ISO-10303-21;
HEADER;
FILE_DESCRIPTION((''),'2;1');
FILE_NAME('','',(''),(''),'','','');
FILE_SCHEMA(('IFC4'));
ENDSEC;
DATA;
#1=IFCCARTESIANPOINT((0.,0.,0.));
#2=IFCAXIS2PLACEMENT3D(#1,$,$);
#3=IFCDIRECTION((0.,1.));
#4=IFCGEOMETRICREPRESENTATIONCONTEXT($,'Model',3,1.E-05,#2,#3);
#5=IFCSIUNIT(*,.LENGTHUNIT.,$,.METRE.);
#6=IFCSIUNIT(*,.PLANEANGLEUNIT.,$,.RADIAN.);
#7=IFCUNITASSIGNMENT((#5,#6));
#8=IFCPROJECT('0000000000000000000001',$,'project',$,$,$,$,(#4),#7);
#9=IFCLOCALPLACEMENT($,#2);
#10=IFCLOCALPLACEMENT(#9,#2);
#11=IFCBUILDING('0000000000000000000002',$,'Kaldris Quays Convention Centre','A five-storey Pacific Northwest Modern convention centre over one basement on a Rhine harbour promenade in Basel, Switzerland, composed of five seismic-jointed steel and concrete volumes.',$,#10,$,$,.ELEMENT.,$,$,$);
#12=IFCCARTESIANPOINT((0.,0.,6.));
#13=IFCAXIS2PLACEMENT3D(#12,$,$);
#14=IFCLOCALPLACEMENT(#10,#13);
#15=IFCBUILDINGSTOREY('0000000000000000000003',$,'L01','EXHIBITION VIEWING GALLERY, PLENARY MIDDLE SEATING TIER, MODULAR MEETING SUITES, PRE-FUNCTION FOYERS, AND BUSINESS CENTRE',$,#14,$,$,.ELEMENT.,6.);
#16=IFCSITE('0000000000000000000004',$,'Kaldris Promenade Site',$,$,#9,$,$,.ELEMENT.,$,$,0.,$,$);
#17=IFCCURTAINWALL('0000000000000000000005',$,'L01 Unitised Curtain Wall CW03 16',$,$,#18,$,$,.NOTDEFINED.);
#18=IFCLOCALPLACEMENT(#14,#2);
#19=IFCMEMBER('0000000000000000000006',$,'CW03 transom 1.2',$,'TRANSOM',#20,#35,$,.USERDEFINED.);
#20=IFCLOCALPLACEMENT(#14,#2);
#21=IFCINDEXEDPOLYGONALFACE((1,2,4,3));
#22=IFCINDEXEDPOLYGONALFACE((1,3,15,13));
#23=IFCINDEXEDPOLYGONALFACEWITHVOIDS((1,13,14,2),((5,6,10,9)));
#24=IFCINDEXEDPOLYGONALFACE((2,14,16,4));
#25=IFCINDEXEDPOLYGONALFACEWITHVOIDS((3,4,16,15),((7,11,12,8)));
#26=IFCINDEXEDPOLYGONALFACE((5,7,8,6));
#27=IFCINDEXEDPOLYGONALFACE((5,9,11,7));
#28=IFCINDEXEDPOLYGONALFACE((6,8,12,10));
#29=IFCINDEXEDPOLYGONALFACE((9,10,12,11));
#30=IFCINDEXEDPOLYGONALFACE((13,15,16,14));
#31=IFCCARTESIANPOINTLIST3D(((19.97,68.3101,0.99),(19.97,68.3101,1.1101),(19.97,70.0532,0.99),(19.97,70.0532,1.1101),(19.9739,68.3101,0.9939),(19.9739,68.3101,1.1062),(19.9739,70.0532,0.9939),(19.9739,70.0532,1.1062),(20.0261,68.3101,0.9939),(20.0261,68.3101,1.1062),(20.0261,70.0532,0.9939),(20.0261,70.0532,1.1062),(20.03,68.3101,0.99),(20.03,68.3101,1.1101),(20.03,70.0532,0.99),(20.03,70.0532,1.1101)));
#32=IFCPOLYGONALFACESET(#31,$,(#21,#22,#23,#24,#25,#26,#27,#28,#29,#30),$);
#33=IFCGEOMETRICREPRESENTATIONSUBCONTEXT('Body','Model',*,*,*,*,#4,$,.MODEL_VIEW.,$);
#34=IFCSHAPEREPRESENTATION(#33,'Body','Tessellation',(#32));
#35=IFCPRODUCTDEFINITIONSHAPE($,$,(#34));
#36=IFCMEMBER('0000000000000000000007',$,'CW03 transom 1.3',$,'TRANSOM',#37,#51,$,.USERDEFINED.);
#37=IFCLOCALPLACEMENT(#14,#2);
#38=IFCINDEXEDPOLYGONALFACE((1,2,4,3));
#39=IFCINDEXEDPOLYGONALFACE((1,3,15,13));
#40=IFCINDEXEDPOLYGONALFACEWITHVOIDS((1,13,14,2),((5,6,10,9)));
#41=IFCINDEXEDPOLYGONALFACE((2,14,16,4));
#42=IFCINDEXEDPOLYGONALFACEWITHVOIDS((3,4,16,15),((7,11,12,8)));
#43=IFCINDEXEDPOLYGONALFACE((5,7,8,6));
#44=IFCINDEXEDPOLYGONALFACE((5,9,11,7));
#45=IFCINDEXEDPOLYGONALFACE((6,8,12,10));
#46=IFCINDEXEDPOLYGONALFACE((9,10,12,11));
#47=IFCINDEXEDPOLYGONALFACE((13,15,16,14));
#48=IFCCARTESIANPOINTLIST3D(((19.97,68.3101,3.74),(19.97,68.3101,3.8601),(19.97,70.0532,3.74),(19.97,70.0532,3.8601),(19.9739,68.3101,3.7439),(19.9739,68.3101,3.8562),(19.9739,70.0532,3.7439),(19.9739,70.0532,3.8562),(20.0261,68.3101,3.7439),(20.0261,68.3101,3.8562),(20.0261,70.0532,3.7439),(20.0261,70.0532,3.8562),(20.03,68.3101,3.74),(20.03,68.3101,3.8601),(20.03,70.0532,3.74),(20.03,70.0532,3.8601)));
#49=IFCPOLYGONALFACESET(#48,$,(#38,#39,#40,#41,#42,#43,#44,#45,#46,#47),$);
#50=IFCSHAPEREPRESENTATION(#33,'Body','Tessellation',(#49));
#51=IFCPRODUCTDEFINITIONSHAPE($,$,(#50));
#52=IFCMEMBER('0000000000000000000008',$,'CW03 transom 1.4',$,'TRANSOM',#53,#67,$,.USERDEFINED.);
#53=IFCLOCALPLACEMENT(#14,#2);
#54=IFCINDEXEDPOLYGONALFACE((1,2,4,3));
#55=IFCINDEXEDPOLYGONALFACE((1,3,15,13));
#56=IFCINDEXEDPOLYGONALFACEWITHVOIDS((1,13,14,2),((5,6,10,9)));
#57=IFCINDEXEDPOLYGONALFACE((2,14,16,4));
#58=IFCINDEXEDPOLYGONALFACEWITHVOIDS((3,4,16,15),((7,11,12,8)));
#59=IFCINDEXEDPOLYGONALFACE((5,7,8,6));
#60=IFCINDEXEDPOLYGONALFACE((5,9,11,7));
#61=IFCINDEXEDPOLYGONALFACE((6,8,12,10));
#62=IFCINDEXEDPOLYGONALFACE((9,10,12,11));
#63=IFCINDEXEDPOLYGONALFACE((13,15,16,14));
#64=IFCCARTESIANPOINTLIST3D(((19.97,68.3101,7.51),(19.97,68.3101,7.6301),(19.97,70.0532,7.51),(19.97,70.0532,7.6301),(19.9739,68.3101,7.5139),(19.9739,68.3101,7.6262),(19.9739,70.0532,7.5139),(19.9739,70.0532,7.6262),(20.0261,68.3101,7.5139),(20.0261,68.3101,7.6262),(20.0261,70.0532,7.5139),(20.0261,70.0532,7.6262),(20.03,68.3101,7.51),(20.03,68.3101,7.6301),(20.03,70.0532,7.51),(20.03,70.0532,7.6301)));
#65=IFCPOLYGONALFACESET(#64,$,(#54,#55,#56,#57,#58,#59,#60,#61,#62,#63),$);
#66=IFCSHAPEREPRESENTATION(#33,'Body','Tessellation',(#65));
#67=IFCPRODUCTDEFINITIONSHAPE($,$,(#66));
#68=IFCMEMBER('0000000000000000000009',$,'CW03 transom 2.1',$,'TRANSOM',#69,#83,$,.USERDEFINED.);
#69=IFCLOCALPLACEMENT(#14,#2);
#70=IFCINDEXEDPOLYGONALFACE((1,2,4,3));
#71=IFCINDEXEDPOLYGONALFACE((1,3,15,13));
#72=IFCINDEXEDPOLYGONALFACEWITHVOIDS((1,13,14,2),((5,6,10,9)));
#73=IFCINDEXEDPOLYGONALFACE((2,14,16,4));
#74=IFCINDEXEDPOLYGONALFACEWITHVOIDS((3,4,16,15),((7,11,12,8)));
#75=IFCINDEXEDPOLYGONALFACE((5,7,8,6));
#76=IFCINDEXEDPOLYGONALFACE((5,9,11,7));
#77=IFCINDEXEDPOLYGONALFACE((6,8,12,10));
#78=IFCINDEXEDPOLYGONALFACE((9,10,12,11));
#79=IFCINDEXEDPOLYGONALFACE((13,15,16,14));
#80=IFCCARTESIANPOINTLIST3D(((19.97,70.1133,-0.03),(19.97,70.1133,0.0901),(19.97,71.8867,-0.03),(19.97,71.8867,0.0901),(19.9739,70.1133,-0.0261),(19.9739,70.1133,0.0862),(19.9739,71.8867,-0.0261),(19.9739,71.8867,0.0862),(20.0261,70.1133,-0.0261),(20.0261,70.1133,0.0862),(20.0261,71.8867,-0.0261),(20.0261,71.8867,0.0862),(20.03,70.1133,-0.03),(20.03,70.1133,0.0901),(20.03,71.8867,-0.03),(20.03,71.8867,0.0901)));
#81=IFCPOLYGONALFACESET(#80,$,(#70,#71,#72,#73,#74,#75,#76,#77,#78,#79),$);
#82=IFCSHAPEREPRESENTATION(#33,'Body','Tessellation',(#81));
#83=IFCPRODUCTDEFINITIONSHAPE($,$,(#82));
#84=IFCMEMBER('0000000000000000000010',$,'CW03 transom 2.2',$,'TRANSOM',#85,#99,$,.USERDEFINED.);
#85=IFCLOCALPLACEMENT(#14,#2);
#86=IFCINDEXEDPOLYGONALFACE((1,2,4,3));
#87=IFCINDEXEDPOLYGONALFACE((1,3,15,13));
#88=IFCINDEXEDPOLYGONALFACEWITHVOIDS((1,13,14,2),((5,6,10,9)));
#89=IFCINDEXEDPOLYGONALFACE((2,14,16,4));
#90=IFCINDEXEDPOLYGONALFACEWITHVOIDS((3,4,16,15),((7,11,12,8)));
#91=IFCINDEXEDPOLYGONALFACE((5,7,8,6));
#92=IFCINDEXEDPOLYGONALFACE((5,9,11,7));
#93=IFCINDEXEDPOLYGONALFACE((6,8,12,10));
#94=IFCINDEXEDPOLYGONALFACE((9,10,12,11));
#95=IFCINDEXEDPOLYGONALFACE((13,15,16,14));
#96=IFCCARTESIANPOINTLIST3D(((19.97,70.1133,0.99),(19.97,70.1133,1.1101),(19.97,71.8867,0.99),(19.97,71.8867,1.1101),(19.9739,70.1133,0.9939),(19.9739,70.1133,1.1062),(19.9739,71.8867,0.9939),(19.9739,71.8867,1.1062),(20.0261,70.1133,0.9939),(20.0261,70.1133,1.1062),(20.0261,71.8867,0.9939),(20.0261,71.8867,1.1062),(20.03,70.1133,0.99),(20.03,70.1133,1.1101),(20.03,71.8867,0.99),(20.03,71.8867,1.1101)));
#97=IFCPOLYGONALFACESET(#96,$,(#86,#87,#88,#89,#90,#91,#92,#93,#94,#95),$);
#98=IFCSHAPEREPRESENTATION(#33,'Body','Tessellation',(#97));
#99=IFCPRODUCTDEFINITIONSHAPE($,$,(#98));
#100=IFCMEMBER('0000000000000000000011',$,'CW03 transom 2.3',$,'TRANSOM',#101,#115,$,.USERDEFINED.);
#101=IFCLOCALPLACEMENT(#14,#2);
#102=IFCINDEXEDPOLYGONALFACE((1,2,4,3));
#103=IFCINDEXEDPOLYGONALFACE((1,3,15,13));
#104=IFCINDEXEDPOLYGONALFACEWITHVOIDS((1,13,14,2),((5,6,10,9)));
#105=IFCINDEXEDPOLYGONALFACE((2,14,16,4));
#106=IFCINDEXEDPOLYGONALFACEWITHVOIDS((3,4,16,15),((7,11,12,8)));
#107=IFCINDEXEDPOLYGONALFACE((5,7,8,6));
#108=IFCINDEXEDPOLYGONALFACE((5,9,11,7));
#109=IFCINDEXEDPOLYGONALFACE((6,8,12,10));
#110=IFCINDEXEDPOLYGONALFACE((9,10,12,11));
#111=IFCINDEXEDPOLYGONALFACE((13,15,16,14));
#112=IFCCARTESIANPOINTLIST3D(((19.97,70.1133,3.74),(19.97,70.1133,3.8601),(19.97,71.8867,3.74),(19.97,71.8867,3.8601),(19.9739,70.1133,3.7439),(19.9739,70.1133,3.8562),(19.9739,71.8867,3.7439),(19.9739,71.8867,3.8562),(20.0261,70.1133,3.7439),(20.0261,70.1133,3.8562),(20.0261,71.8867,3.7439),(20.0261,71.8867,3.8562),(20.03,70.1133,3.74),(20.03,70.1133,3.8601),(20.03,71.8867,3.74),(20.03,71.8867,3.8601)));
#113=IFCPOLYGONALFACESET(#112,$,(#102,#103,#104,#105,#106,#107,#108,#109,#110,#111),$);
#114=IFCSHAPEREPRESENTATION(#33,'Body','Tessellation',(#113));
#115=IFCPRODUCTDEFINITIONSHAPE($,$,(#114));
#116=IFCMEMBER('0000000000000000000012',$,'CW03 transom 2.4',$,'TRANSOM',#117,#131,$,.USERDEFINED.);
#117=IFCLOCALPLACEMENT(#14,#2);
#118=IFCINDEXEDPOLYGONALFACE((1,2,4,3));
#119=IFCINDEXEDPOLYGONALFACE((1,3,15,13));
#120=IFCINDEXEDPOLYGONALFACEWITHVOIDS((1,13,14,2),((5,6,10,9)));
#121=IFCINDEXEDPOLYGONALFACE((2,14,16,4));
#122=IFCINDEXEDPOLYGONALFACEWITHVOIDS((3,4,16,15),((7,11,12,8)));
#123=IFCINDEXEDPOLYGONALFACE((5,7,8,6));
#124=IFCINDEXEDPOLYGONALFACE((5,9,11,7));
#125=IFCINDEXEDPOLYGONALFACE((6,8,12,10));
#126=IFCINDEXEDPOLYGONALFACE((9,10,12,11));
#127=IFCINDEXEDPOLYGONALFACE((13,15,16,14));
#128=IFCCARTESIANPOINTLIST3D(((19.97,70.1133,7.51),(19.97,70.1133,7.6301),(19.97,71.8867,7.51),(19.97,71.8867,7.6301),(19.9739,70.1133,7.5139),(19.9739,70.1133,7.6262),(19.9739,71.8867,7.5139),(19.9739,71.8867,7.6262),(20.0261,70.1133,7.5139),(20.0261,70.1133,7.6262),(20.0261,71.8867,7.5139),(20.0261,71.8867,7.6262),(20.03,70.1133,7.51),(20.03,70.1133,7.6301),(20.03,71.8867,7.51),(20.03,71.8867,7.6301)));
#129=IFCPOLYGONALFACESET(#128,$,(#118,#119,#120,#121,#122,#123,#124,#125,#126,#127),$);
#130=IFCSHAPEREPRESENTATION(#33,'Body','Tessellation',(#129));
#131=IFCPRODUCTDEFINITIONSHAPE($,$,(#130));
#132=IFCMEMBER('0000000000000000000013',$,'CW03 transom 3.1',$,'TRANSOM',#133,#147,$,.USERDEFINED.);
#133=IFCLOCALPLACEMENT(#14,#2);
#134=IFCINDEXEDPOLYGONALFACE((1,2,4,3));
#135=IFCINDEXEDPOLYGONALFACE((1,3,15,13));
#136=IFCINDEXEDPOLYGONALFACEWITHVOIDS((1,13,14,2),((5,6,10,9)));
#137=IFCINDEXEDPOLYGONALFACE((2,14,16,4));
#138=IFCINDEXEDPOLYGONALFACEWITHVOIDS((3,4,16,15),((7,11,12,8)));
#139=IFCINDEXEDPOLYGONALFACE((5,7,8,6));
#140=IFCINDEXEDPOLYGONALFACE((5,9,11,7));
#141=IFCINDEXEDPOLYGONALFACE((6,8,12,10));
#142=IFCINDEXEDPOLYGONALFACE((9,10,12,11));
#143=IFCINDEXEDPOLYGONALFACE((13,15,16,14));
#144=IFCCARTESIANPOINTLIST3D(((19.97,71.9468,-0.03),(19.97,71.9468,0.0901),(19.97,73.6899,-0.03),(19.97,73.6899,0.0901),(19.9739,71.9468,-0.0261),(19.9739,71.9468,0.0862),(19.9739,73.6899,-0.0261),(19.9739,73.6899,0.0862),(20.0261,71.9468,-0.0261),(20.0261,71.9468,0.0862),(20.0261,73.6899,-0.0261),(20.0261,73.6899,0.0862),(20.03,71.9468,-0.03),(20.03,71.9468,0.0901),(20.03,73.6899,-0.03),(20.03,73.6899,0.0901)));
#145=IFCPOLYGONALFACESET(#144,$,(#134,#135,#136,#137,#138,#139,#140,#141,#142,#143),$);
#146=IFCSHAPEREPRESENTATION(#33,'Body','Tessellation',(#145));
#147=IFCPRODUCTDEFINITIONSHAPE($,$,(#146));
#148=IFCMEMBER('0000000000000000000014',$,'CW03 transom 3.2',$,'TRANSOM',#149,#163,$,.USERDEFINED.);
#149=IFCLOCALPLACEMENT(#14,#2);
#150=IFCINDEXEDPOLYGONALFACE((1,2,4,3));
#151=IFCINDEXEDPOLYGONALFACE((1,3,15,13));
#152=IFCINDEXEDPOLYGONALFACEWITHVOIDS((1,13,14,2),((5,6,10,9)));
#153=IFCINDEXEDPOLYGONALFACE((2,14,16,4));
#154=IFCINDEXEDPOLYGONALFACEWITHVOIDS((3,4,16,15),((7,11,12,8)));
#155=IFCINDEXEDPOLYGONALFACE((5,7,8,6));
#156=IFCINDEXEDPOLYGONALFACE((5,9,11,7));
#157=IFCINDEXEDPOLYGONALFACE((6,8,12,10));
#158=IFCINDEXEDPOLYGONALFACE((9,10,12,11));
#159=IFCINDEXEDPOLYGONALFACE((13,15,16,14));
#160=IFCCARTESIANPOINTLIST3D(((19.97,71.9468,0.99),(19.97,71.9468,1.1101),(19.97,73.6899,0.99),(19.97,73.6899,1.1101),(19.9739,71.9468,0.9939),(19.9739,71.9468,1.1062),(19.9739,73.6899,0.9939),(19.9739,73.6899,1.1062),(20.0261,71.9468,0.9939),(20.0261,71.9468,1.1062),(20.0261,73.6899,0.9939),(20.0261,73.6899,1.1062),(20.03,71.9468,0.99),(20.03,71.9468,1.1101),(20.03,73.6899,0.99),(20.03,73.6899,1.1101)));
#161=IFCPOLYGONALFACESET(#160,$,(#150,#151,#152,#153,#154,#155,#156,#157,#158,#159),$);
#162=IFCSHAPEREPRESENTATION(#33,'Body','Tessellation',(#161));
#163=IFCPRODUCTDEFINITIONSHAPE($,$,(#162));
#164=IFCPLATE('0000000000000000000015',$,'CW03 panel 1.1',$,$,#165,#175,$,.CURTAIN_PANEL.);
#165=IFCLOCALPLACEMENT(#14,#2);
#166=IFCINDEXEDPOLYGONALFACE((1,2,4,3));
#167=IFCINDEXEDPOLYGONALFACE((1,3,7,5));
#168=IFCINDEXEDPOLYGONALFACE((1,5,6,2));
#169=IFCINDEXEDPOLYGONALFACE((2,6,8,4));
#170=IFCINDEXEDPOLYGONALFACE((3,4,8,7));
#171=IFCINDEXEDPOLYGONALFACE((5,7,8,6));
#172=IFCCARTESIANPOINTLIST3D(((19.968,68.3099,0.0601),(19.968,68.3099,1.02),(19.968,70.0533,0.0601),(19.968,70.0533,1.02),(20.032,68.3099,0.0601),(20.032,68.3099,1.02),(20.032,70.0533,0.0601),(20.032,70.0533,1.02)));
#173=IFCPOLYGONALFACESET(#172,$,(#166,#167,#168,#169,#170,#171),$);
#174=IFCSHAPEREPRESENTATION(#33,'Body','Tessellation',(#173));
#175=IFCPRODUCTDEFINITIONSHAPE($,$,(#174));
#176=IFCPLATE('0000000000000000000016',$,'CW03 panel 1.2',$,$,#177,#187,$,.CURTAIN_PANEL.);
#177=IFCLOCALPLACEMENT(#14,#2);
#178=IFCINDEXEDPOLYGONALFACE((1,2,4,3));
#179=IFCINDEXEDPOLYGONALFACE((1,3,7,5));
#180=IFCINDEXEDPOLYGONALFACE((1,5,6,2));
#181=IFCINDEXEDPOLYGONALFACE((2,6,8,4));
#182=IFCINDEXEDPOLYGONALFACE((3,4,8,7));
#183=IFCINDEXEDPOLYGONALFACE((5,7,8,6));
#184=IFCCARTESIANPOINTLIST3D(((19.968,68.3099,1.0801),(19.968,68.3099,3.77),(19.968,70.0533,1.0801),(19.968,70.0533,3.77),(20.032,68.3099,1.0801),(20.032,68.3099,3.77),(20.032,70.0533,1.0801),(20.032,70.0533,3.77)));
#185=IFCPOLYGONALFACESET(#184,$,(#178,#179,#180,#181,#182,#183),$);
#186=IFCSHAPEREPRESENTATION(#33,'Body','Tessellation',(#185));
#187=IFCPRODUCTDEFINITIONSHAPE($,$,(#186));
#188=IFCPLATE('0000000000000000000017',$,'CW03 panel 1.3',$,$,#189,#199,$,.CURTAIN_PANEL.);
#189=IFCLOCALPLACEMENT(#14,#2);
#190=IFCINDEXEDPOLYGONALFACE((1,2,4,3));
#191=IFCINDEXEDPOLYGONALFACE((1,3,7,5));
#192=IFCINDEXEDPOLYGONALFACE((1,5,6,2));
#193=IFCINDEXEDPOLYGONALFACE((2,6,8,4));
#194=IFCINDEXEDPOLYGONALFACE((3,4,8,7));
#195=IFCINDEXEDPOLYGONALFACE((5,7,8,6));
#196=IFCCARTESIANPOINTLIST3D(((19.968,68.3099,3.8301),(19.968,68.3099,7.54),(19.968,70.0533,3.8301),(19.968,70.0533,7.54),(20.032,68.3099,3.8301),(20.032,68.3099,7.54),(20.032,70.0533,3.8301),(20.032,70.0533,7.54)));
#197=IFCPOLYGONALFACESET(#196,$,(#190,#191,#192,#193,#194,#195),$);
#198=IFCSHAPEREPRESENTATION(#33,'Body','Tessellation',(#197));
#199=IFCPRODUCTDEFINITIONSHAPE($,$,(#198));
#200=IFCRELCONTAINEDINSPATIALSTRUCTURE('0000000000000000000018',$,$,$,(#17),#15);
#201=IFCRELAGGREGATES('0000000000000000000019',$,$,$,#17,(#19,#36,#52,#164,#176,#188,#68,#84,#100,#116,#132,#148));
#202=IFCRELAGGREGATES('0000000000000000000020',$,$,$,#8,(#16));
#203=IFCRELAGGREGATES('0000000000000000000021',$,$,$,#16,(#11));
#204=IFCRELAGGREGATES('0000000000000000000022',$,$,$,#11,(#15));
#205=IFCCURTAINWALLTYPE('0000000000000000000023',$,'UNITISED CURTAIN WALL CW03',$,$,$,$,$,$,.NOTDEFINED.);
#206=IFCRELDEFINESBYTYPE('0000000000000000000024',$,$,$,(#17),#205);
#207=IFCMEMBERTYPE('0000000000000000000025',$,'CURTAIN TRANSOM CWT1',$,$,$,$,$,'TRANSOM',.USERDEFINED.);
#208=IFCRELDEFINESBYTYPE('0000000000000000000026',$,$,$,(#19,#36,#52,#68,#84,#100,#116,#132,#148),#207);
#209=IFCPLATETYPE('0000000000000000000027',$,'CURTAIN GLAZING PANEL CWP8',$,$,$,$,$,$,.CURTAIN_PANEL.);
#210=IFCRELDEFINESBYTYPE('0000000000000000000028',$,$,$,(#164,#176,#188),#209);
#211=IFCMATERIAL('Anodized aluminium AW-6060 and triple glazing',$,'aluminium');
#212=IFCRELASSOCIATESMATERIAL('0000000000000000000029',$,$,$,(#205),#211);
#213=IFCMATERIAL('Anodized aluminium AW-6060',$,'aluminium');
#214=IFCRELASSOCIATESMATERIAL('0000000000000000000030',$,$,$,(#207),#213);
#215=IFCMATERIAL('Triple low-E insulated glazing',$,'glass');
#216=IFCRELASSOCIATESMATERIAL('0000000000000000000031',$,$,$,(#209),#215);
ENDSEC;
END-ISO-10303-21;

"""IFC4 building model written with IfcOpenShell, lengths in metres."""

from ifc_helpers import new_model, si_unit, direction, frame, origin, origin_2d, place, context, subcontext, project, spatial, rectangle, hollow_rectangle, extrude, material, material_profile, profile_set, type_object, element, aggregate, save


model = new_model("IFC4")

# Units and contexts
model_context = context("Model", 3, precision=1e-05, world=origin(), true_north=direction((0.0, 1.0)))
body_context = subcontext(model_context, "Body", "Model", "MODEL_VIEW")
ifc_project = project(units=[si_unit("LENGTHUNIT", "METRE"), si_unit("PLANEANGLEUNIT", "RADIAN")], contexts=[model_context])

# Site, building, storey
site_placement = place(None, origin())
site = spatial("IfcSite", under=ifc_project, at=site_placement, Name="Kaldris Promenade Site", CompositionType="ELEMENT", RefElevation=0.0)
building_placement = place(site_placement, origin())
building = spatial("IfcBuilding", under=site, at=building_placement, Name="Kaldris Quays Convention Centre", Description="A five-storey Pacific Northwest Modern convention centre over one basement on a Rhine harbour promenade in Basel, Switzerland, composed of five seismic-jointed steel and concrete volumes.", CompositionType="ELEMENT")
storey_placement = place(building_placement, frame((0.0, 0.0, 6.0)))
storey = spatial("IfcBuildingStorey", under=building, at=storey_placement, Name="L01", Description="EXHIBITION VIEWING GALLERY, PLENARY MIDDLE SEATING TIER, MODULAR MEETING SUITES, PRE-FUNCTION FOYERS, AND BUSINESS CENTRE", CompositionType="ELEMENT", Elevation=6.0)

# Shared definitions
ifc_material_1 = material(Name="Anodized aluminium AW-6060 and triple glazing", Category="aluminium")
curtain_wall_type = type_object("IfcCurtainWallType", Name="UNITISED CURTAIN WALL CW03", PredefinedType="NOTDEFINED", material=ifc_material_1)
ifc_material_2 = material(Name="Anodized aluminium AW-6060", Category="aluminium")

# Curtain wall, members, plates
curtain_wall_1_placement = place(storey_placement, origin())
curtain_wall_1 = element("IfcCurtainWall", 1, at=curtain_wall_1_placement, inside=storey, type_object=curtain_wall_type, Name="L01 Unitised Curtain Wall CW03 16", PredefinedType="NOTDEFINED")
ifc_material_profile_1 = material_profile(ifc_material_2, hollow_rectangle(XDim=0.0601, YDim=0.1201, WallThickness=0.0039, at=origin_2d()), Name="RHS 120x60x4")
ifc_profile_set_1 = profile_set([ifc_material_profile_1], Name="Anodized aluminium AW-6060")
member_type_1 = type_object("IfcMemberType", Name="CURTAIN TRANSOM CWT1", ElementType="TRANSOM", PredefinedType="USERDEFINED", material=ifc_profile_set_1)
member_1_placement = place(storey_placement, frame((20.0, 68.3101, 1.05), z_axis=(0.0, 1.0, 0.0), x_axis=(-1.0, 0.0, 0.0)))
member_1 = element("IfcMember", 2, at=member_1_placement, type_object=member_type_1, Name="CW03 transom 1.2", ObjectType="TRANSOM", PredefinedType="USERDEFINED", context=body_context, shape_type="SweptSolid", body=[
    extrude(hollow_rectangle(XDim=0.0601, YDim=0.1201, WallThickness=0.0039, at=origin_2d()), origin(), (0.0, 0.0, 1.0), 1.7432),
])
member_2_placement = place(storey_placement, frame((20.0, 68.3101, 3.8), z_axis=(0.0, 1.0, 0.0), x_axis=(-1.0, 0.0, 0.0)))
member_2 = element("IfcMember", 3, at=member_2_placement, type_object=member_type_1, Name="CW03 transom 1.3", ObjectType="TRANSOM", PredefinedType="USERDEFINED", context=body_context, shape_type="SweptSolid", body=[
    extrude(hollow_rectangle(XDim=0.0601, YDim=0.1201, WallThickness=0.0039, at=origin_2d()), origin(), (0.0, 0.0, 1.0), 1.7432),
])
member_3_placement = place(storey_placement, frame((20.0, 68.3101, 7.5701), z_axis=(0.0, 1.0, 0.0), x_axis=(-1.0, 0.0, 0.0)))
member_3 = element("IfcMember", 4, at=member_3_placement, type_object=member_type_1, Name="CW03 transom 1.4", ObjectType="TRANSOM", PredefinedType="USERDEFINED", context=body_context, shape_type="SweptSolid", body=[
    extrude(hollow_rectangle(XDim=0.0601, YDim=0.1201, WallThickness=0.0039, at=origin_2d()), origin(), (0.0, 0.0, 1.0), 1.7432),
])
member_4_placement = place(storey_placement, frame((20.0, 70.1133, 0.03), z_axis=(0.0, 1.0, 0.0), x_axis=(-1.0, 0.0, 0.0)))
member_4 = element("IfcMember", 5, at=member_4_placement, type_object=member_type_1, Name="CW03 transom 2.1", ObjectType="TRANSOM", PredefinedType="USERDEFINED", context=body_context, shape_type="SweptSolid", body=[
    extrude(hollow_rectangle(XDim=0.0601, YDim=0.1201, WallThickness=0.0039, at=origin_2d()), origin(), (0.0, 0.0, 1.0), 1.7734),
])
member_5_placement = place(storey_placement, frame((20.0, 70.1133, 1.05), z_axis=(0.0, 1.0, 0.0), x_axis=(-1.0, 0.0, 0.0)))
member_5 = element("IfcMember", 6, at=member_5_placement, type_object=member_type_1, Name="CW03 transom 2.2", ObjectType="TRANSOM", PredefinedType="USERDEFINED", context=body_context, shape_type="SweptSolid", body=[
    extrude(hollow_rectangle(XDim=0.0601, YDim=0.1201, WallThickness=0.0039, at=origin_2d()), origin(), (0.0, 0.0, 1.0), 1.7734),
])
member_6_placement = place(storey_placement, frame((20.0, 70.1133, 3.8), z_axis=(0.0, 1.0, 0.0), x_axis=(-1.0, 0.0, 0.0)))
member_6 = element("IfcMember", 7, at=member_6_placement, type_object=member_type_1, Name="CW03 transom 2.3", ObjectType="TRANSOM", PredefinedType="USERDEFINED", context=body_context, shape_type="SweptSolid", body=[
    extrude(hollow_rectangle(XDim=0.0601, YDim=0.1201, WallThickness=0.0039, at=origin_2d()), origin(), (0.0, 0.0, 1.0), 1.7734),
])
member_7_placement = place(storey_placement, frame((20.0, 70.1133, 7.5701), z_axis=(0.0, 1.0, 0.0), x_axis=(-1.0, 0.0, 0.0)))
member_7 = element("IfcMember", 8, at=member_7_placement, type_object=member_type_1, Name="CW03 transom 2.4", ObjectType="TRANSOM", PredefinedType="USERDEFINED", context=body_context, shape_type="SweptSolid", body=[
    extrude(hollow_rectangle(XDim=0.0601, YDim=0.1201, WallThickness=0.0039, at=origin_2d()), origin(), (0.0, 0.0, 1.0), 1.7734),
])
member_8_placement = place(storey_placement, frame((20.0, 71.9468, 0.03), z_axis=(0.0, 1.0, 0.0), x_axis=(-1.0, 0.0, 0.0)))
member_8 = element("IfcMember", 9, at=member_8_placement, type_object=member_type_1, Name="CW03 transom 3.1", ObjectType="TRANSOM", PredefinedType="USERDEFINED", context=body_context, shape_type="SweptSolid", body=[
    extrude(hollow_rectangle(XDim=0.0601, YDim=0.1201, WallThickness=0.0039, at=origin_2d()), origin(), (0.0, 0.0, 1.0), 1.7432),
])
member_9_placement = place(storey_placement, frame((20.0, 71.9468, 1.05), z_axis=(0.0, 1.0, 0.0), x_axis=(-1.0, 0.0, 0.0)))
member_9 = element("IfcMember", 10, at=member_9_placement, type_object=member_type_1, Name="CW03 transom 3.2", ObjectType="TRANSOM", PredefinedType="USERDEFINED", context=body_context, shape_type="SweptSolid", body=[
    extrude(hollow_rectangle(XDim=0.0601, YDim=0.1201, WallThickness=0.0039, at=origin_2d()), origin(), (0.0, 0.0, 1.0), 1.7432),
])
ifc_material_3 = material(Name="Triple low-E insulated glazing", Category="glass")
plate_type = type_object("IfcPlateType", Name="CURTAIN GLAZING PANEL CWP8", PredefinedType="CURTAIN_PANEL", material=ifc_material_3)
plate_1_placement = place(storey_placement, frame((20.0, 69.1816, 0.0601), z_axis=(0.0, 0.0, 1.0), x_axis=(0.0, 1.0, 0.0)))
plate_1 = element("IfcPlate", 11, at=plate_1_placement, type_object=plate_type, Name="CW03 panel 1.1", PredefinedType="CURTAIN_PANEL", context=body_context, shape_type="SweptSolid", body=[
    extrude(rectangle(XDim=1.7434, YDim=0.064, at=origin_2d()), origin(), (0.0, 0.0, 1.0), 0.96),
])
plate_2_placement = place(storey_placement, frame((20.0, 69.1816, 1.0801), z_axis=(0.0, 0.0, 1.0), x_axis=(0.0, 1.0, 0.0)))
plate_2 = element("IfcPlate", 12, at=plate_2_placement, type_object=plate_type, Name="CW03 panel 1.2", PredefinedType="CURTAIN_PANEL", context=body_context, shape_type="SweptSolid", body=[
    extrude(rectangle(XDim=1.7434, YDim=0.064, at=origin_2d()), origin(), (0.0, 0.0, 1.0), 2.6899),
])
plate_3_placement = place(storey_placement, frame((20.0, 69.1816, 3.8301), z_axis=(0.0, 0.0, 1.0), x_axis=(0.0, 1.0, 0.0)))
plate_3 = element("IfcPlate", 13, at=plate_3_placement, type_object=plate_type, Name="CW03 panel 1.3", PredefinedType="CURTAIN_PANEL", context=body_context, shape_type="SweptSolid", body=[
    extrude(rectangle(XDim=1.7434, YDim=0.064, at=origin_2d()), origin(), (0.0, 0.0, 1.0), 3.71),
])
aggregate(curtain_wall_1, [member_1, member_2, member_3, plate_1, plate_2, plate_3, member_4, member_5, member_6, member_7, member_8, member_9])

save(model, "model.ifc")
